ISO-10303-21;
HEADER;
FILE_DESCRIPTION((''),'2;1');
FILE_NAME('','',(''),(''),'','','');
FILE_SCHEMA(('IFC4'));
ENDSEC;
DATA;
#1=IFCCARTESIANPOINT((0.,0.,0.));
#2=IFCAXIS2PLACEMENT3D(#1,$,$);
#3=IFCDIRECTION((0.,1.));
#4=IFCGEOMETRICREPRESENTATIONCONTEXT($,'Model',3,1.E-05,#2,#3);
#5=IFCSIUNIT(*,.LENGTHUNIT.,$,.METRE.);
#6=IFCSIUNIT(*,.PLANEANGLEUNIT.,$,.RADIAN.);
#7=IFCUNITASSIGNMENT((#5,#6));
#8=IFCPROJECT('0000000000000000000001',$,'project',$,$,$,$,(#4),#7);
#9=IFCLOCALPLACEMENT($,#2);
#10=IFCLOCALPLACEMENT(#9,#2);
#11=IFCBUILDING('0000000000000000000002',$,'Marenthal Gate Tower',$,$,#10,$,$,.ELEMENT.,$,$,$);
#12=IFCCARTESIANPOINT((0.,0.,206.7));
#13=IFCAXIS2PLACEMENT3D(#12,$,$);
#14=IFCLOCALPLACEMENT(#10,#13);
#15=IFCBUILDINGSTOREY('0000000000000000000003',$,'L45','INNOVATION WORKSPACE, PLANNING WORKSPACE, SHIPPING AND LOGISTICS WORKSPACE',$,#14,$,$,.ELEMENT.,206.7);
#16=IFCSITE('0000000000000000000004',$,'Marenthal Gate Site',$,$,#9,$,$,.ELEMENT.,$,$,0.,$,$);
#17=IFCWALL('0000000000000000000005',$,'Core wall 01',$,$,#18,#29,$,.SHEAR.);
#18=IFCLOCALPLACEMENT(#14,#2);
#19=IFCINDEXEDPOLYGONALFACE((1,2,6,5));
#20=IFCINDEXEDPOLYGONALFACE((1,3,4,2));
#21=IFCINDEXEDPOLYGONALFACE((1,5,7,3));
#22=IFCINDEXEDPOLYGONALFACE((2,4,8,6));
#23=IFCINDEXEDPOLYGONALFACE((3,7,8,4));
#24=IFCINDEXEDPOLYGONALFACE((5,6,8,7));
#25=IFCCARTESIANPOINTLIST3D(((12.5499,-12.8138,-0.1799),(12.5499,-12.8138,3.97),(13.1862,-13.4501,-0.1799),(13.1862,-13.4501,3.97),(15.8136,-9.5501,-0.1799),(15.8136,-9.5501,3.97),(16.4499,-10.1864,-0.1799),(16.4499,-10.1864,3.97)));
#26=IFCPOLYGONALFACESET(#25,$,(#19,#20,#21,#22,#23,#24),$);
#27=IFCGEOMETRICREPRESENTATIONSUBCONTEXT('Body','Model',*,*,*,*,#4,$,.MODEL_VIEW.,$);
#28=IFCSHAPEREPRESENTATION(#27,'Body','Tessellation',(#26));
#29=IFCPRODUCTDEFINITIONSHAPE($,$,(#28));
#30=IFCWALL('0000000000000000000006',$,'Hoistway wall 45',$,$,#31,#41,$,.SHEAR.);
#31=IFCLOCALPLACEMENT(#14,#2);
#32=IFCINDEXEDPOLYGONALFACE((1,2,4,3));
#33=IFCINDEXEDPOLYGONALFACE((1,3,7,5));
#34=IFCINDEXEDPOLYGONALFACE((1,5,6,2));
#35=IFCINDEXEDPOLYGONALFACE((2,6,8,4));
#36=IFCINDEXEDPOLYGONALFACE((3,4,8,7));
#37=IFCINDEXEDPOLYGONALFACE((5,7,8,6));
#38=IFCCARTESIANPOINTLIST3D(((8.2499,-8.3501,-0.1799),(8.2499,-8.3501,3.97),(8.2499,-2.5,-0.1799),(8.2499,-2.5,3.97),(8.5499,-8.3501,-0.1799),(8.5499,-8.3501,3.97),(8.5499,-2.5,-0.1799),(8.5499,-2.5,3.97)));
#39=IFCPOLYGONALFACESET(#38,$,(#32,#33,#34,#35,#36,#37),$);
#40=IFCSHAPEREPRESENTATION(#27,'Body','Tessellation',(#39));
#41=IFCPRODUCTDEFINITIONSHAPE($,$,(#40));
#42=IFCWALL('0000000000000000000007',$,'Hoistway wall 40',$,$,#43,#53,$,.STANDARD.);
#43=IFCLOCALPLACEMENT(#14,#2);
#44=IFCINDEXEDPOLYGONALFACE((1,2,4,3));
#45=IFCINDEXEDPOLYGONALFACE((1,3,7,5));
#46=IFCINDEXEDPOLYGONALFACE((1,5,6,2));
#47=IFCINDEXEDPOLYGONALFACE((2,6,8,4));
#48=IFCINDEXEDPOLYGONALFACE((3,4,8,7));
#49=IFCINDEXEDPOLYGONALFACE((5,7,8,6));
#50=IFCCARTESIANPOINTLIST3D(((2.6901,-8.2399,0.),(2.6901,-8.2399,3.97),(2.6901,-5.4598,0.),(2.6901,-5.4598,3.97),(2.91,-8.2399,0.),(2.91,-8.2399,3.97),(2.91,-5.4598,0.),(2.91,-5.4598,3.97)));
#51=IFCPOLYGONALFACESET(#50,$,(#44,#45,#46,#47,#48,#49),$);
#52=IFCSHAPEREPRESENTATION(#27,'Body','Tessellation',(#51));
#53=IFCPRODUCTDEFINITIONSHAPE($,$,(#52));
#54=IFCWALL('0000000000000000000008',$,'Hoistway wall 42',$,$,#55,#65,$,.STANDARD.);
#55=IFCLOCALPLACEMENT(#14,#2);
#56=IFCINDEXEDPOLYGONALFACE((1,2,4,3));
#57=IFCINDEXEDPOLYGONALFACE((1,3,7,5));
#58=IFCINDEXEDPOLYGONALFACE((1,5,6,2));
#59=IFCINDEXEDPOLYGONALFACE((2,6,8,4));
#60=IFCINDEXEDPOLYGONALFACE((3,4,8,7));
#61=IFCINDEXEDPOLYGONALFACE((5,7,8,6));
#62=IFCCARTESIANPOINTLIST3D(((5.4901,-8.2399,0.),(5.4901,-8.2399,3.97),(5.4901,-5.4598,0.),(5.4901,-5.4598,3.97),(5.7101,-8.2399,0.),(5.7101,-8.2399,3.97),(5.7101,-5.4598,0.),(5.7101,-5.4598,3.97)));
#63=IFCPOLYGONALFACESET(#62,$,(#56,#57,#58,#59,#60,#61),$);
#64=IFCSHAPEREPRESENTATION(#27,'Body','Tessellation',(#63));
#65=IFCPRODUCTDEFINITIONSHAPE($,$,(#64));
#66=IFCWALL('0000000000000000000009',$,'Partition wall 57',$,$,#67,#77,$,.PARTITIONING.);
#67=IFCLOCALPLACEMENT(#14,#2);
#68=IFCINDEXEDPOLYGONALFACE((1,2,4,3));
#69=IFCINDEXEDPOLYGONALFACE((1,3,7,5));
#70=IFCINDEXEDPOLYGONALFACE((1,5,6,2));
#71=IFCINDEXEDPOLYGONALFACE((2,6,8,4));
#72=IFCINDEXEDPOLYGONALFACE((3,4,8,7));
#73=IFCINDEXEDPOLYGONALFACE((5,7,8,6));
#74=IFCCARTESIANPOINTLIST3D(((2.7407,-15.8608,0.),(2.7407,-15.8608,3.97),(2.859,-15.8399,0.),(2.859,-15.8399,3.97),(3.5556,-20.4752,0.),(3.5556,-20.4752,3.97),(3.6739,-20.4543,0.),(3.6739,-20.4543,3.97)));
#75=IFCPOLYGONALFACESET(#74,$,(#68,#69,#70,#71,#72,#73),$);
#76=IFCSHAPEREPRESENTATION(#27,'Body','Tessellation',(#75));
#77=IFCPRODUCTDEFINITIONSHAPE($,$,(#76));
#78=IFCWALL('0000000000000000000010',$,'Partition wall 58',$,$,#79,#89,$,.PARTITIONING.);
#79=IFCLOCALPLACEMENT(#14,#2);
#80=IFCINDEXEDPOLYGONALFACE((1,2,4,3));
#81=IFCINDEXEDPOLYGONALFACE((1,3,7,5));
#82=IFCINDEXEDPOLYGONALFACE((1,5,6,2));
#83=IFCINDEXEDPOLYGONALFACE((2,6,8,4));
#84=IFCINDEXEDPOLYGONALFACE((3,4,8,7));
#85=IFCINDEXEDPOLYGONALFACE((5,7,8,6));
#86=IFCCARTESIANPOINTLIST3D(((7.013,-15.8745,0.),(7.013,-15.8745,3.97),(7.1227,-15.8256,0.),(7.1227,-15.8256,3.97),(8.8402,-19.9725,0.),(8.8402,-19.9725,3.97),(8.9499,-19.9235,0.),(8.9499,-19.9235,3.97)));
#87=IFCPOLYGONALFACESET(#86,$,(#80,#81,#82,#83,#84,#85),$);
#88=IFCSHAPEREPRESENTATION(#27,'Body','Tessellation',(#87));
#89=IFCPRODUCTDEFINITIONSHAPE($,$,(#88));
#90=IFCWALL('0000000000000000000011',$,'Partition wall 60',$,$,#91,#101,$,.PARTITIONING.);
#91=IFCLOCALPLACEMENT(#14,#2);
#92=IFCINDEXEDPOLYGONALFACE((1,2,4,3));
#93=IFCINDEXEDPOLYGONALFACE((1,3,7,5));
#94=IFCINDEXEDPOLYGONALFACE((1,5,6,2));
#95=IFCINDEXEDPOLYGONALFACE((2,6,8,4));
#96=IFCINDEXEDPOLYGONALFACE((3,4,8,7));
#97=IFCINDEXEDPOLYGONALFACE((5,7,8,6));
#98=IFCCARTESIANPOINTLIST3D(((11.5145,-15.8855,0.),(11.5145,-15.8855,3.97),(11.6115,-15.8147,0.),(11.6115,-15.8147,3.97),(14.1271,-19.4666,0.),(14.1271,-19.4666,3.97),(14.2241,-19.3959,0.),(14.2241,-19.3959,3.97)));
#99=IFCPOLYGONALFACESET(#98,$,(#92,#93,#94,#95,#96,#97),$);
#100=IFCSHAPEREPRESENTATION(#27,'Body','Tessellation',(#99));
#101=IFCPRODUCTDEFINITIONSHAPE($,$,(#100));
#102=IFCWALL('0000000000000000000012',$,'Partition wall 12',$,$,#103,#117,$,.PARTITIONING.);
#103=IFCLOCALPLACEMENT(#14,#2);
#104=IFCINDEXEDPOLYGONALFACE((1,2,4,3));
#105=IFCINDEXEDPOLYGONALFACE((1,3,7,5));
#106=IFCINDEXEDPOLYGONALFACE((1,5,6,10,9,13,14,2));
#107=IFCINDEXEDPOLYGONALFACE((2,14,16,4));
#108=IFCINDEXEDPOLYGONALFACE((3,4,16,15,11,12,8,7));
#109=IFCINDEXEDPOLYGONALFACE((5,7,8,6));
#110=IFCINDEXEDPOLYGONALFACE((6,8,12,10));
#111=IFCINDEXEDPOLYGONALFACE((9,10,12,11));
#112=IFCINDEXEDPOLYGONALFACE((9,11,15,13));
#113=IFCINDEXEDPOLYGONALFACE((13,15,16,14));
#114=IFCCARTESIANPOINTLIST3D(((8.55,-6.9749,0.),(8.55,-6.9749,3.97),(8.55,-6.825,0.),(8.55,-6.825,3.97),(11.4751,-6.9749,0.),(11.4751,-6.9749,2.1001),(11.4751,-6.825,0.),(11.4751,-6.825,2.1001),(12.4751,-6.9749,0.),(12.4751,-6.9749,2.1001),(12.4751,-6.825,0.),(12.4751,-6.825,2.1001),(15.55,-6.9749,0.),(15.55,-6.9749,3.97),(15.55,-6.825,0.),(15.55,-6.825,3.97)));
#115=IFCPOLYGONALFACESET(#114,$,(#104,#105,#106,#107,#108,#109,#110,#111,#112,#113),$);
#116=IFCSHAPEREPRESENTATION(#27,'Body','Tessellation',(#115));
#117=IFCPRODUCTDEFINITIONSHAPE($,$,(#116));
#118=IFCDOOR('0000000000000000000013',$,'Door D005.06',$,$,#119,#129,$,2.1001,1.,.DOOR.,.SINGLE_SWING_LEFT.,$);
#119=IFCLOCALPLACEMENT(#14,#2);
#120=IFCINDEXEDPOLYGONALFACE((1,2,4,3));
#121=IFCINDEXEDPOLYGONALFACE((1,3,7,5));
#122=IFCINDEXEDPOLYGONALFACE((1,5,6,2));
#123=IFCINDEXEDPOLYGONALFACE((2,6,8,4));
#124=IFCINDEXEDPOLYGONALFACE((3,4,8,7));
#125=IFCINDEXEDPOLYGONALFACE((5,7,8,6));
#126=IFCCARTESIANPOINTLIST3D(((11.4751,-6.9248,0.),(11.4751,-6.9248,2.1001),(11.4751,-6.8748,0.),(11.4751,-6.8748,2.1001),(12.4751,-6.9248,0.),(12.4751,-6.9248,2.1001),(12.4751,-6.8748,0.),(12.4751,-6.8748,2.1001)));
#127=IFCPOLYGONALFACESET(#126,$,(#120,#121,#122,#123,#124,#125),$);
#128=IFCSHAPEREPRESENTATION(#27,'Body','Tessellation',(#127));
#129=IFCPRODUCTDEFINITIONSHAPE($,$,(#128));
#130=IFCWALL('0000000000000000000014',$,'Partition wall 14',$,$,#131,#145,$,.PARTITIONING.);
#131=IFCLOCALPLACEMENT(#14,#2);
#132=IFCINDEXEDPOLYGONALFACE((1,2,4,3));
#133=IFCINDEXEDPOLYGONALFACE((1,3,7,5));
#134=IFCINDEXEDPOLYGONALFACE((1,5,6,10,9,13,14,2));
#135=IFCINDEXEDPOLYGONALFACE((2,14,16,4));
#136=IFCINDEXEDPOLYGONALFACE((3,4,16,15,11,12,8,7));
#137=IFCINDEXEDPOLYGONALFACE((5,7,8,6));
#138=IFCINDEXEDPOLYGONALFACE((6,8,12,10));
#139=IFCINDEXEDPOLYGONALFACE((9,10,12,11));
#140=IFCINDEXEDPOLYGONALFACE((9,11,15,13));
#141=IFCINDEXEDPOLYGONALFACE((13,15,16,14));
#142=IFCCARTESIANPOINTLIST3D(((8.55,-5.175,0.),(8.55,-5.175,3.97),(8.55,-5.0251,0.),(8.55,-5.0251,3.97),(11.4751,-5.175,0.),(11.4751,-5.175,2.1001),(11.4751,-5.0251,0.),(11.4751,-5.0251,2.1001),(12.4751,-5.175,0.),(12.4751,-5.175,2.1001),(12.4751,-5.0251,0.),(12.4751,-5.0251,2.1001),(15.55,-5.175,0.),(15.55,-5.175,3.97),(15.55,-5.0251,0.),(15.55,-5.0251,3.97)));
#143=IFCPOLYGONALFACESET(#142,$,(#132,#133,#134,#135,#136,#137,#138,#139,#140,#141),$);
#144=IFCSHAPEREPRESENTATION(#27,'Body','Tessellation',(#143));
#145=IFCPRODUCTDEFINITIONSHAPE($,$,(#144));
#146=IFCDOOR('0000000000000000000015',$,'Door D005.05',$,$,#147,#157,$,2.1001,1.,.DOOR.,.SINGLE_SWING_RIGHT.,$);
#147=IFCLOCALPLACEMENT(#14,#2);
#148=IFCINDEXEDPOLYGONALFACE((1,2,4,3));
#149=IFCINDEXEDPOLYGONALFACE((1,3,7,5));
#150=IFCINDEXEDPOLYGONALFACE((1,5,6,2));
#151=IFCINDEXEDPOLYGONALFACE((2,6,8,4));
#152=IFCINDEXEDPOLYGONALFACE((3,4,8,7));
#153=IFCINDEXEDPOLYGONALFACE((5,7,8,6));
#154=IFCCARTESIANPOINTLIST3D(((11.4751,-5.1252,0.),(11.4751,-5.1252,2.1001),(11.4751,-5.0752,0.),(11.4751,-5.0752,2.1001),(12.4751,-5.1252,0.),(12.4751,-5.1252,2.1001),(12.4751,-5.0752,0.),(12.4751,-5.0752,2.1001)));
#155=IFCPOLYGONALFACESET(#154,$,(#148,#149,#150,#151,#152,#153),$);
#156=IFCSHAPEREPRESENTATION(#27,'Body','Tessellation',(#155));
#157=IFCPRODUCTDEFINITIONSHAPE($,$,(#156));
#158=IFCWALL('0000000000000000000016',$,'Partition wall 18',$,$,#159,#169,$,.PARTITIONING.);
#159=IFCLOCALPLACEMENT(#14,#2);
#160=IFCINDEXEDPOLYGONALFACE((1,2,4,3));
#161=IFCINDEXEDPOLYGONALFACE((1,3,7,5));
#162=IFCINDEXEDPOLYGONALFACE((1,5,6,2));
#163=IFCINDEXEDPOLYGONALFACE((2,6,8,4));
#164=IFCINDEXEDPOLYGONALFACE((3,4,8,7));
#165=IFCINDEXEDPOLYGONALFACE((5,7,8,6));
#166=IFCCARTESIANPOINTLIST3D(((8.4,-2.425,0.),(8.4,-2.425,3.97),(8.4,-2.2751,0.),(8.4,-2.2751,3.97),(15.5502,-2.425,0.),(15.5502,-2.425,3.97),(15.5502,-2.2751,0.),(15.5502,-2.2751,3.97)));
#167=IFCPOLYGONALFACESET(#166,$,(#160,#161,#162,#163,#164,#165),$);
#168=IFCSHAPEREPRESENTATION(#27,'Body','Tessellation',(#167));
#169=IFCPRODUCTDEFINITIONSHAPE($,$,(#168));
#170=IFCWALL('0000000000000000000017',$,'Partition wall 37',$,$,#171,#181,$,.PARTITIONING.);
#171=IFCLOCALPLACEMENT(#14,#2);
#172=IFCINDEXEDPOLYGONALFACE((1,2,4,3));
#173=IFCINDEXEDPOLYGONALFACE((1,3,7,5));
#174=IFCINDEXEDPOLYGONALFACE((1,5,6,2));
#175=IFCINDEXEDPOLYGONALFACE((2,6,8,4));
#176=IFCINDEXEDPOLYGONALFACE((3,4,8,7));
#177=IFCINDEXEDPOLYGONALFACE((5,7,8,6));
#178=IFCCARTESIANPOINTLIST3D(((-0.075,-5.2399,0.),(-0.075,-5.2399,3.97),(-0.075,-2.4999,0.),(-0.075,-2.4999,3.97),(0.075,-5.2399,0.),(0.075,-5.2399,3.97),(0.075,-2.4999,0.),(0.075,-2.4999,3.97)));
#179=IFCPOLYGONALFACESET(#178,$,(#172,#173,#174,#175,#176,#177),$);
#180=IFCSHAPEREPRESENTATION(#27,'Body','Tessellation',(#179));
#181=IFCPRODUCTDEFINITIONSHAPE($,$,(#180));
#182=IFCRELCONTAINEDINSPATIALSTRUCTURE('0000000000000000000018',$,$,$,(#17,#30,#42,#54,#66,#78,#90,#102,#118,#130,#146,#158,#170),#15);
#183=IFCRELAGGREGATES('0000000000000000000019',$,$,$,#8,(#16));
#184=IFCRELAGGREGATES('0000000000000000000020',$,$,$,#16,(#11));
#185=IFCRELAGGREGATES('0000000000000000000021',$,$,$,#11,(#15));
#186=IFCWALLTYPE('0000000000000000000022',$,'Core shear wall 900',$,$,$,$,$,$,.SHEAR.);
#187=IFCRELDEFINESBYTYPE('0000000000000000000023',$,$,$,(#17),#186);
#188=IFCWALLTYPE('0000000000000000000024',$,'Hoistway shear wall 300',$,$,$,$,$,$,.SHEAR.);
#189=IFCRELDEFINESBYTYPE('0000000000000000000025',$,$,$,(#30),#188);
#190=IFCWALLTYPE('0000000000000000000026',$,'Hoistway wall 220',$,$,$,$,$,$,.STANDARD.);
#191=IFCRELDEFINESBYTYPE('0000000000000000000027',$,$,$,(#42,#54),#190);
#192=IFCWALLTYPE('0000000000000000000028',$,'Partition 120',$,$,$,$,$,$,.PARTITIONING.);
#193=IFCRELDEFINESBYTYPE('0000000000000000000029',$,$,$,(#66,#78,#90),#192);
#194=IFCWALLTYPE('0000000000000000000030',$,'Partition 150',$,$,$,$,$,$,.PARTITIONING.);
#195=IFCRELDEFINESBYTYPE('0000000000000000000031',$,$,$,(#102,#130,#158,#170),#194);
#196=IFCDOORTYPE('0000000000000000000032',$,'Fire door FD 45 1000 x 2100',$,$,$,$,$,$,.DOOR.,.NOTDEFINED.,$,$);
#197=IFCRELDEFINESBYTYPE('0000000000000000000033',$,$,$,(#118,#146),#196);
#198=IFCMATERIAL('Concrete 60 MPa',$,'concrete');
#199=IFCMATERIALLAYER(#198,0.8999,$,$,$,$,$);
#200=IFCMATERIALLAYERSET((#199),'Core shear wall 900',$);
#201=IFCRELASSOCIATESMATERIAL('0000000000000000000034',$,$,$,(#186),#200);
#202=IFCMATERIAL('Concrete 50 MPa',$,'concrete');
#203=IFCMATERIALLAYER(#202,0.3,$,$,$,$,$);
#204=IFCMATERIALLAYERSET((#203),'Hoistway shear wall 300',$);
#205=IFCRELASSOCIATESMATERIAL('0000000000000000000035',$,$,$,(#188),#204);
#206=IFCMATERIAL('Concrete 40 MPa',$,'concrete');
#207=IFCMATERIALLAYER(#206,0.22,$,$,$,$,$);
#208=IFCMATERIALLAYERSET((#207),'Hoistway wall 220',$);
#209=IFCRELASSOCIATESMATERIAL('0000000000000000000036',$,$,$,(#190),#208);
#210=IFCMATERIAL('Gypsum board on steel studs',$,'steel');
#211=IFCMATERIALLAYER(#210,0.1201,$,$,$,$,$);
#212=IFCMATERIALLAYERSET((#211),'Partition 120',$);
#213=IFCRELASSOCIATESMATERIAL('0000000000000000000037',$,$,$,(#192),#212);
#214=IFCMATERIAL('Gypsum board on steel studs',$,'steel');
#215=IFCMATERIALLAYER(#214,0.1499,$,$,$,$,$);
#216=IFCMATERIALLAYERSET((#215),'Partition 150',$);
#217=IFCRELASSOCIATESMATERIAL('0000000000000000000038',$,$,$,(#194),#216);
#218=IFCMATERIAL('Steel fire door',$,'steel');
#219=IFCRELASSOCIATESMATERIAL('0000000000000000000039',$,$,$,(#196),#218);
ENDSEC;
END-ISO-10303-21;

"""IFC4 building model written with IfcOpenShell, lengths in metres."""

from ifc_helpers import new_model, si_unit, direction, frame, frame_2d, origin, place, context, subcontext, project, spatial, rectangle, extrude, material, layer, layer_set, type_object, element, fill, save


model = new_model("IFC4")

# Units and contexts
model_context = context("Model", 3, precision=1e-05, world=origin(), true_north=direction((0.0, 1.0)))
body_context = subcontext(model_context, "Body", "Model", "MODEL_VIEW")
ifc_project = project(units=[si_unit("LENGTHUNIT", "METRE"), si_unit("PLANEANGLEUNIT", "RADIAN")], contexts=[model_context])

# Site, building, storey
site_placement = place(None, origin())
site = spatial("IfcSite", under=ifc_project, at=site_placement, Name="Marenthal Gate Site", CompositionType="ELEMENT", RefElevation=0.0)
building_placement = place(site_placement, origin())
building = spatial("IfcBuilding", under=site, at=building_placement, Name="Marenthal Gate Tower", CompositionType="ELEMENT")
storey_placement = place(building_placement, frame((0.0, 0.0, 206.7)))
storey = spatial("IfcBuildingStorey", under=building, at=storey_placement, Name="L45", Description="INNOVATION WORKSPACE, PLANNING WORKSPACE, SHIPPING AND LOGISTICS WORKSPACE", CompositionType="ELEMENT", Elevation=206.7)

# Walls
ifc_material_1 = material(Name="Concrete 60 MPa", Category="concrete")
ifc_layer_1 = layer(ifc_material_1, 0.8999)
ifc_layer_set_1 = layer_set([ifc_layer_1], Name="Core shear wall 900")
wall_type_1 = type_object("IfcWallType", Name="Core shear wall 900", PredefinedType="SHEAR", material=ifc_layer_set_1)
wall_1_placement = place(storey_placement, frame((12.8682, -13.1318, -0.1799), z_axis=(0.0, 0.0, 1.0), x_axis=(0.707107, 0.707107, 0.0)))
element("IfcWall", 1, at=wall_1_placement, inside=storey, type_object=wall_type_1, Name="Core wall 01", PredefinedType="SHEAR", context=body_context, shape_type="SweptSolid", body=[
    extrude(rectangle(XDim=4.6155, YDim=0.8999, at=frame_2d((2.3076, 0.0))), origin(), (0.0, 0.0, 1.0), 4.1499),
])
ifc_material_2 = material(Name="Concrete 50 MPa", Category="concrete")
ifc_layer_2 = layer(ifc_material_2, 0.3)
ifc_layer_set_2 = layer_set([ifc_layer_2], Name="Hoistway shear wall 300")
wall_type_2 = type_object("IfcWallType", Name="Hoistway shear wall 300", PredefinedType="SHEAR", material=ifc_layer_set_2)
wall_2_placement = place(storey_placement, frame((8.3999, -8.3501, -0.1799), z_axis=(0.0, 0.0, 1.0), x_axis=(0.0, 1.0, 0.0)))
element("IfcWall", 2, at=wall_2_placement, inside=storey, type_object=wall_type_2, Name="Hoistway wall 45", PredefinedType="SHEAR", context=body_context, shape_type="SweptSolid", body=[
    extrude(rectangle(XDim=5.8501, YDim=0.3, at=frame_2d((2.925, 0.0))), origin(), (0.0, 0.0, 1.0), 4.1499),
])
ifc_material_3 = material(Name="Concrete 40 MPa", Category="concrete")
ifc_layer_3 = layer(ifc_material_3, 0.22)
ifc_layer_set_3 = layer_set([ifc_layer_3], Name="Hoistway wall 220")
wall_type_3 = type_object("IfcWallType", Name="Hoistway wall 220", PredefinedType="STANDARD", material=ifc_layer_set_3)
for number, where, z_axis, x_axis, name in (
    (3, (2.8, -8.24, 0.0), (0.0, 0.0, 1.0), (0.0, 1.0, 0.0), "Hoistway wall 40"),
    (4, (5.6001, -8.24, 0.0), (0.0, 0.0, 1.0), (0.0, 1.0, 0.0), "Hoistway wall 42"),
):
    element("IfcWall", number, at=place(storey_placement, frame(where, z_axis=z_axis, x_axis=x_axis)), inside=storey, type_object=wall_type_3, Name=name, PredefinedType="STANDARD", context=body_context, shape_type="SweptSolid", body=[
        extrude(rectangle(XDim=2.78, YDim=0.22, at=frame_2d((1.3901, 0.0))), origin(), (0.0, 0.0, 1.0), 3.97),
    ])
ifc_material_4 = material(Name="Gypsum board on steel studs", Category="steel")
ifc_layer_4 = layer(ifc_material_4, 0.1201)
ifc_layer_set_4 = layer_set([ifc_layer_4], Name="Partition 120")
wall_type_4 = type_object("IfcWallType", Name="Partition 120", PredefinedType="PARTITIONING", material=ifc_layer_set_4)
wall_3_placement = place(storey_placement, frame((3.6147, -20.4646, 0.0), z_axis=(0.0, 0.0, 1.0), x_axis=(-0.173913, 0.984761, 0.0)))
element("IfcWall", 5, at=wall_3_placement, inside=storey, type_object=wall_type_4, Name="Partition wall 57", PredefinedType="PARTITIONING", context=body_context, shape_type="SweptSolid", body=[
    extrude(rectangle(XDim=4.6858, YDim=0.1201, at=frame_2d((2.3428, 0.0))), origin(), (0.0, 0.0, 1.0), 3.97),
])
wall_4_placement = place(storey_placement, frame((8.895, -19.948, 0.0), z_axis=(0.0, 0.0, 1.0), x_axis=(-0.407229, 0.913326, 0.0)))
element("IfcWall", 6, at=wall_4_placement, inside=storey, type_object=wall_type_4, Name="Partition wall 58", PredefinedType="PARTITIONING", context=body_context, shape_type="SweptSolid", body=[
    extrude(rectangle(XDim=4.4868, YDim=0.1201, at=frame_2d((2.2434, 0.0))), origin(), (0.0, 0.0, 1.0), 3.97),
])
wall_5_placement = place(storey_placement, frame((14.1755, -19.4312, 0.0), z_axis=(0.0, 0.0, 1.0), x_axis=(-0.589373, 0.807861, 0.0)))
element("IfcWall", 7, at=wall_5_placement, inside=storey, type_object=wall_type_4, Name="Partition wall 60", PredefinedType="PARTITIONING", context=body_context, shape_type="SweptSolid", body=[
    extrude(rectangle(XDim=4.4329, YDim=0.1201, at=frame_2d((2.2163, 0.0))), origin(), (0.0, 0.0, 1.0), 3.97),
])

# Walls, openings, doors
ifc_material_5 = material(Name="Gypsum board on steel studs", Category="steel")
ifc_layer_5 = layer(ifc_material_5, 0.1499)
ifc_layer_set_5 = layer_set([ifc_layer_5], Name="Partition 150")
wall_type_5 = type_object("IfcWallType", Name="Partition 150", PredefinedType="PARTITIONING", material=ifc_layer_set_5)
wall_6_placement = place(storey_placement, frame((8.55, -6.8999, 0.0), z_axis=(0.0, 0.0, 1.0), x_axis=(1.0, 0.0, 0.0)))
wall_6 = element("IfcWall", 8, at=wall_6_placement, inside=storey, type_object=wall_type_5, Name="Partition wall 12", PredefinedType="PARTITIONING", context=body_context, shape_type="SweptSolid", body=[
    extrude(rectangle(XDim=7.0, YDim=0.1499, at=frame_2d((3.5, 0.0))), origin(), (0.0, 0.0, 1.0), 3.97),
])
opening_1_placement = place(wall_6_placement, frame((2.925, 0.0, 0.0)))
opening_1 = element("IfcOpeningElement", 9, at=opening_1_placement, cuts=wall_6, PredefinedType="OPENING", context=body_context, shape_type="SweptSolid", body=[
    extrude(rectangle(XDim=1.0, YDim=2.1001, at=frame_2d((0.5, 1.05))), frame((0.0, 0.085, 0.0), z_axis=(0.0, -1.0, 0.0), x_axis=(1.0, 0.0, 0.0)), (0.0, 0.0, 1.0), 0.1699),
])
ifc_material_6 = material(Name="Steel fire door", Category="steel")
door_type = type_object("IfcDoorType", Name="Fire door FD 45 1000 x 2100", OperationType="NOTDEFINED", PredefinedType="DOOR", material=ifc_material_6)
door_1_placement = place(opening_1_placement, frame((1.0, 0.0, 0.0), z_axis=(0.0, 0.0, 1.0), x_axis=(-1.0, 0.0, 0.0)))
door_1 = element("IfcDoor", 10, at=door_1_placement, inside=storey, type_object=door_type, Name="Door D005.06", OperationType="SINGLE_SWING_LEFT", OverallHeight=2.1001, OverallWidth=1.0, PredefinedType="DOOR", context=body_context, shape_type="SweptSolid", body=[
    extrude(rectangle(XDim=1.0, YDim=2.1001, at=frame_2d((0.5, 1.05))), frame((0.0, 0.0249, 0.0), z_axis=(0.0, -1.0, 0.0), x_axis=(1.0, 0.0, 0.0)), (0.0, 0.0, 1.0), 0.05),
])
fill(opening_1, door_1)
wall_7_placement = place(storey_placement, frame((8.55, -5.1001, 0.0), z_axis=(0.0, 0.0, 1.0), x_axis=(1.0, 0.0, 0.0)))
wall_7 = element("IfcWall", 11, at=wall_7_placement, inside=storey, type_object=wall_type_5, Name="Partition wall 14", PredefinedType="PARTITIONING", context=body_context, shape_type="SweptSolid", body=[
    extrude(rectangle(XDim=7.0, YDim=0.1499, at=frame_2d((3.5, 0.0))), origin(), (0.0, 0.0, 1.0), 3.97),
])
opening_2_placement = place(wall_7_placement, frame((2.925, 0.0, 0.0)))
opening_2 = element("IfcOpeningElement", 12, at=opening_2_placement, cuts=wall_7, PredefinedType="OPENING", context=body_context, shape_type="SweptSolid", body=[
    extrude(rectangle(XDim=1.0, YDim=2.1001, at=frame_2d((0.5, 1.05))), frame((0.0, 0.085, 0.0), z_axis=(0.0, -1.0, 0.0), x_axis=(1.0, 0.0, 0.0)), (0.0, 0.0, 1.0), 0.1699),
])
door_2_placement = place(opening_2_placement, origin())
door_2 = element("IfcDoor", 13, at=door_2_placement, inside=storey, type_object=door_type, Name="Door D005.05", OperationType="SINGLE_SWING_RIGHT", OverallHeight=2.1001, OverallWidth=1.0, PredefinedType="DOOR", context=body_context, shape_type="SweptSolid", body=[
    extrude(rectangle(XDim=1.0, YDim=2.1001, at=frame_2d((0.5, 1.05))), frame((0.0, 0.0249, 0.0), z_axis=(0.0, -1.0, 0.0), x_axis=(1.0, 0.0, 0.0)), (0.0, 0.0, 1.0), 0.05),
])
fill(opening_2, door_2)

# Walls
wall_8_placement = place(storey_placement, frame((8.3999, -2.3501, 0.0), z_axis=(0.0, 0.0, 1.0), x_axis=(1.0, 0.0, 0.0)))
element("IfcWall", 14, at=wall_8_placement, inside=storey, type_object=wall_type_5, Name="Partition wall 18", PredefinedType="PARTITIONING", context=body_context, shape_type="SweptSolid", body=[
    extrude(rectangle(XDim=7.1501, YDim=0.1499, at=frame_2d((3.5752, 0.0))), origin(), (0.0, 0.0, 1.0), 3.97),
])
wall_9_placement = place(storey_placement, frame((0.0, -5.24, 0.0), z_axis=(0.0, 0.0, 1.0), x_axis=(0.0, 1.0, 0.0)))
element("IfcWall", 15, at=wall_9_placement, inside=storey, type_object=wall_type_5, Name="Partition wall 37", PredefinedType="PARTITIONING", context=body_context, shape_type="SweptSolid", body=[
    extrude(rectangle(XDim=2.74, YDim=0.1499, at=frame_2d((1.3701, 0.0))), origin(), (0.0, 0.0, 1.0), 3.97),
])

save(model, "model.ifc")
